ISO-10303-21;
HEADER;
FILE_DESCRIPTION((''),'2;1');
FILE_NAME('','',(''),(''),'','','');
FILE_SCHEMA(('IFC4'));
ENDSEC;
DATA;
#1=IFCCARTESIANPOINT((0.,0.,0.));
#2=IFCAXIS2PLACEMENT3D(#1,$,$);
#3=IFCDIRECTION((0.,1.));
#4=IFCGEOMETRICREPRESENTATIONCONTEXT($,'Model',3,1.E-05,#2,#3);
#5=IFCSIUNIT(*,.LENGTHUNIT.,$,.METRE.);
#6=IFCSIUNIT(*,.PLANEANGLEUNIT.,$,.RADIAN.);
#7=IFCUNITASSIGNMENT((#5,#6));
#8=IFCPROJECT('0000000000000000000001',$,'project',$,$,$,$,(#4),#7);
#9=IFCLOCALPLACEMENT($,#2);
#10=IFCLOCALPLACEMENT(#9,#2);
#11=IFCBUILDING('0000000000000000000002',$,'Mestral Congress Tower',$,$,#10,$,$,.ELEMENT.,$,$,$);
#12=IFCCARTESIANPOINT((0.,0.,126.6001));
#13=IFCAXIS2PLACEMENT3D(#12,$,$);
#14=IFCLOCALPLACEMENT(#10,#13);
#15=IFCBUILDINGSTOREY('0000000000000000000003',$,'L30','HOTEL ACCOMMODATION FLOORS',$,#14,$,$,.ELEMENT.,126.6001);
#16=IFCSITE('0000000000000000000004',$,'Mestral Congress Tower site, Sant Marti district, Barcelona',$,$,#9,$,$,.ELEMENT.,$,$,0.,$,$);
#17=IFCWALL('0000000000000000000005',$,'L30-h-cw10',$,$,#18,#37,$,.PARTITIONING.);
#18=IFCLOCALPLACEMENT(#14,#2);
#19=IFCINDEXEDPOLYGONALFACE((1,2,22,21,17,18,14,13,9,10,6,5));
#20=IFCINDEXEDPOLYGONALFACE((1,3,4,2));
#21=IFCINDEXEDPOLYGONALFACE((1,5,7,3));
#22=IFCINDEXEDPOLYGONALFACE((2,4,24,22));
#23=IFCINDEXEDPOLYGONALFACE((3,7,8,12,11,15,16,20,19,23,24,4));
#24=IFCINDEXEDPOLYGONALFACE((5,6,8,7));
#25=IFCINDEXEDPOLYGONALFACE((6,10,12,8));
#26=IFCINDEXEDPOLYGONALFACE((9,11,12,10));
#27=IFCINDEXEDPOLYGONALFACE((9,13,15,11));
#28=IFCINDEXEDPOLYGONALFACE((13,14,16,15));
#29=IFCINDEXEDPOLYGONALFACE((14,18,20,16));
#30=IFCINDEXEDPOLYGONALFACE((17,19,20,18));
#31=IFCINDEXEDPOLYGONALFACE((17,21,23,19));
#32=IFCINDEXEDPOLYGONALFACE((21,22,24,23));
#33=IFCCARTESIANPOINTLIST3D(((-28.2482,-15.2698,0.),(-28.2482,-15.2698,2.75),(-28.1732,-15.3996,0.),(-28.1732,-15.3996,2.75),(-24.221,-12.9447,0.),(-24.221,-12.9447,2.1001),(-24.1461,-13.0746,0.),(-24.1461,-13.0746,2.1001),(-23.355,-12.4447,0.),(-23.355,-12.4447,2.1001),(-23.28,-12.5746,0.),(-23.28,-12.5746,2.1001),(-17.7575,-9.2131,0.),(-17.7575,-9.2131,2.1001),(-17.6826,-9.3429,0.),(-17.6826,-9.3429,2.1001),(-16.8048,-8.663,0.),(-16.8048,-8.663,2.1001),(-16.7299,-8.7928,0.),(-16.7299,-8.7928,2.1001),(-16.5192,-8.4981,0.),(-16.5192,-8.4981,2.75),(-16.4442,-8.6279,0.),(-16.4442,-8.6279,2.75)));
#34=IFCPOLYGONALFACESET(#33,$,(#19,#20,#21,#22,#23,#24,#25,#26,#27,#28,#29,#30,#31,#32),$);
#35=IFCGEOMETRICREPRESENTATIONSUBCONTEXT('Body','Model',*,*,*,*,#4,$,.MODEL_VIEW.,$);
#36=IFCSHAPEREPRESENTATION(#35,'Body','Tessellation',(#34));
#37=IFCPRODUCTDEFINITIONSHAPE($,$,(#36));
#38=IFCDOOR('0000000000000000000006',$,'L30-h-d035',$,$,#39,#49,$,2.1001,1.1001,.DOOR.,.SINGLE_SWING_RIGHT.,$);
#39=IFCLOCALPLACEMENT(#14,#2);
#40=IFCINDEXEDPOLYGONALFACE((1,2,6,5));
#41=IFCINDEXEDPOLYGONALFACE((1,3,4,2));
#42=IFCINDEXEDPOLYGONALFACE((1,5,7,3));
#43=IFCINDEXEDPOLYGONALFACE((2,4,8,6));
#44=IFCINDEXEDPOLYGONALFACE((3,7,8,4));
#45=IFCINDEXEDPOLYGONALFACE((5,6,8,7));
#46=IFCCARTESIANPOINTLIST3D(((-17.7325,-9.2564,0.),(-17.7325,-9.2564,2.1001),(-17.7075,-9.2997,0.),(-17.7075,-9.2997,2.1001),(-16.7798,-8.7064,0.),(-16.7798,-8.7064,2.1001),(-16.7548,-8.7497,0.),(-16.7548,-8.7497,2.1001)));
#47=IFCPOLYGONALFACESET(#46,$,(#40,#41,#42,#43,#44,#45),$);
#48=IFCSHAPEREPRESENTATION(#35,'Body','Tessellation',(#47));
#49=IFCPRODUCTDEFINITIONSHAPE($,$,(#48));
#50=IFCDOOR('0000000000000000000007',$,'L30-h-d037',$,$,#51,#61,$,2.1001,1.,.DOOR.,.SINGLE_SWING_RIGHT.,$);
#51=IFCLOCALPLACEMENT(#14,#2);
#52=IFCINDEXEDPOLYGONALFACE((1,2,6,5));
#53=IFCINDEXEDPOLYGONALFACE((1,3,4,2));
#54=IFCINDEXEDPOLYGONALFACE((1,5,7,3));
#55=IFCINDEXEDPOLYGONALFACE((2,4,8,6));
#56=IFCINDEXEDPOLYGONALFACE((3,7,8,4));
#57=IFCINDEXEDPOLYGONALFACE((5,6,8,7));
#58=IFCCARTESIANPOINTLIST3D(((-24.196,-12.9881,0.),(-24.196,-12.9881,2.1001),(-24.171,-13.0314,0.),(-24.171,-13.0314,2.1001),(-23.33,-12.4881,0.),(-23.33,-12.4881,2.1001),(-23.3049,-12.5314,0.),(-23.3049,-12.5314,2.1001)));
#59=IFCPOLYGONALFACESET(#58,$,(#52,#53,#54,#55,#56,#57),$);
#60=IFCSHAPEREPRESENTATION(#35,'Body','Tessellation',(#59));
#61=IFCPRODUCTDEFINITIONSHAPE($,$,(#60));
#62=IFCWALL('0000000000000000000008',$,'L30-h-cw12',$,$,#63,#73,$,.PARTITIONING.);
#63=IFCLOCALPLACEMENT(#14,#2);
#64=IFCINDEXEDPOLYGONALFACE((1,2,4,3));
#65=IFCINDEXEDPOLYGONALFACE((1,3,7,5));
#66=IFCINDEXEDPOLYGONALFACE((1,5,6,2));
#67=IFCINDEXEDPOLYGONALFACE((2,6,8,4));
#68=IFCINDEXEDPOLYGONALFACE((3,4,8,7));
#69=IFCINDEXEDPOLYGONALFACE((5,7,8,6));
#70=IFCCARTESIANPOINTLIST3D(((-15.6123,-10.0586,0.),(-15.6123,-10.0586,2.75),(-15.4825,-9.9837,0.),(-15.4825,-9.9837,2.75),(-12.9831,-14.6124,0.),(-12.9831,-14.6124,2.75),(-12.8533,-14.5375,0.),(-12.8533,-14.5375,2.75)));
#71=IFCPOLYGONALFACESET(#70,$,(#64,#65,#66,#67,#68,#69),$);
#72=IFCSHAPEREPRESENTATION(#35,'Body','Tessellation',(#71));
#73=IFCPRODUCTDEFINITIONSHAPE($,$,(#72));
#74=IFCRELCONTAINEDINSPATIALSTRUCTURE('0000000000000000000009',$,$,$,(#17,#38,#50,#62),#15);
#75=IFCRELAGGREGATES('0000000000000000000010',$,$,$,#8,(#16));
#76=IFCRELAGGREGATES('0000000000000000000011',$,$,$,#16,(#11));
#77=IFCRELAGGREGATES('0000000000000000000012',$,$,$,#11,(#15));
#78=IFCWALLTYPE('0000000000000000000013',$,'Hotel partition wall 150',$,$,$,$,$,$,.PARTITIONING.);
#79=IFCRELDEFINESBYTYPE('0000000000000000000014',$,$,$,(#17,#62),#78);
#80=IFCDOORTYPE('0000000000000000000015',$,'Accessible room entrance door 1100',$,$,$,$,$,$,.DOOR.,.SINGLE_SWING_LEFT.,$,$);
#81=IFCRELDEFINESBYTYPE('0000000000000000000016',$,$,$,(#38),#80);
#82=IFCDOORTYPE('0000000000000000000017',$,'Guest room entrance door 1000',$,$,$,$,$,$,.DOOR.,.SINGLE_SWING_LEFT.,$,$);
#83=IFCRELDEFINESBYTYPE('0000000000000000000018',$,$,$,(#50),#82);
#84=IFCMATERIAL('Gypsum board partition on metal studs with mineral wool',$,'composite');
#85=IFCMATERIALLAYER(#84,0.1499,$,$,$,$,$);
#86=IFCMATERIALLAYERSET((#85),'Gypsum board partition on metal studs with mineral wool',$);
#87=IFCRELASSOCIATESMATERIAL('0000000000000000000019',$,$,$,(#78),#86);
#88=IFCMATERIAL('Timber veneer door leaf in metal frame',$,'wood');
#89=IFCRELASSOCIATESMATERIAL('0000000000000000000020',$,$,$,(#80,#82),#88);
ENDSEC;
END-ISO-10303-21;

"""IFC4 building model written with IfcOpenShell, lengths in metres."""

from ifc_helpers import new_model, si_unit, direction, frame, frame_2d, origin, place, context, subcontext, project, spatial, rectangle, extrude, material, layer, layer_set, type_object, element, fill, save


model = new_model("IFC4")

# Units and contexts
model_context = context("Model", 3, precision=1e-05, world=origin(), true_north=direction((0.0, 1.0)))
body_context = subcontext(model_context, "Body", "Model", "MODEL_VIEW")
ifc_project = project(units=[si_unit("LENGTHUNIT", "METRE"), si_unit("PLANEANGLEUNIT", "RADIAN")], contexts=[model_context])

# Site, building, storey
site_placement = place(None, origin())
site = spatial("IfcSite", under=ifc_project, at=site_placement, Name="Mestral Congress Tower site, Sant Marti district, Barcelona", CompositionType="ELEMENT", RefElevation=0.0)
building_placement = place(site_placement, origin())
building = spatial("IfcBuilding", under=site, at=building_placement, Name="Mestral Congress Tower", CompositionType="ELEMENT")
storey_placement = place(building_placement, frame((0.0, 0.0, 126.6001)))
storey = spatial("IfcBuildingStorey", under=building, at=storey_placement, Name="L30", Description="HOTEL ACCOMMODATION FLOORS", CompositionType="ELEMENT", Elevation=126.6001)

# Shared definitions
ifc_material_1 = material(Name="Gypsum board partition on metal studs with mineral wool", Category="composite")

# Wall, openings, doors
ifc_layer_1 = layer(ifc_material_1, 0.1499)
ifc_layer_set_1 = layer_set([ifc_layer_1], Name="Gypsum board partition on metal studs with mineral wool")
wall_type_1 = type_object("IfcWallType", Name="Hotel partition wall 150", PredefinedType="PARTITIONING", material=ifc_layer_set_1)
wall_1_placement = place(storey_placement, frame((-28.2107, -15.3347, 0.0), z_axis=(0.0, 0.0, 1.0), x_axis=(0.866026, 0.499999, 0.0)))
wall_1 = element("IfcWall", 1, at=wall_1_placement, inside=storey, type_object=wall_type_1, Name="L30-h-cw10", PredefinedType="PARTITIONING", context=body_context, shape_type="SweptSolid", body=[
    extrude(rectangle(XDim=13.5435, YDim=0.1499, at=frame_2d((6.7717, 0.0))), origin(), (0.0, 0.0, 1.0), 2.75),
])
opening_1_placement = place(wall_1_placement, frame((12.1135, 0.0, 0.0)))
opening_1 = element("IfcOpeningElement", 2, at=opening_1_placement, cuts=wall_1, PredefinedType="OPENING", context=body_context, shape_type="SweptSolid", body=[
    extrude(rectangle(XDim=1.1001, YDim=2.1001, at=frame_2d((0.55, 1.05))), frame((0.0, 0.085, 0.0), z_axis=(0.0, -1.0, 0.0), x_axis=(1.0, 0.0, 0.0)), (0.0, 0.0, 1.0), 0.1699),
])
opening_2_placement = place(wall_1_placement, frame((4.6501, 0.0, 0.0)))
opening_2 = element("IfcOpeningElement", 3, at=opening_2_placement, cuts=wall_1, PredefinedType="OPENING", context=body_context, shape_type="SweptSolid", body=[
    extrude(rectangle(XDim=1.0, YDim=2.1001, at=frame_2d((0.5, 1.05))), frame((0.0, 0.085, 0.0), z_axis=(0.0, -1.0, 0.0), x_axis=(1.0, 0.0, 0.0)), (0.0, 0.0, 1.0), 0.1699),
])
ifc_material_2 = material(Name="Timber veneer door leaf in metal frame", Category="wood")
door_type_1 = type_object("IfcDoorType", Name="Accessible room entrance door 1100", OperationType="SINGLE_SWING_LEFT", PredefinedType="DOOR", material=ifc_material_2)
door_1_placement = place(opening_1_placement, origin())
door_1 = element("IfcDoor", 4, at=door_1_placement, inside=storey, type_object=door_type_1, Name="L30-h-d035", OperationType="SINGLE_SWING_RIGHT", OverallHeight=2.1001, OverallWidth=1.1001, PredefinedType="DOOR", context=body_context, shape_type="SweptSolid", body=[
    extrude(rectangle(XDim=1.1001, YDim=2.1001, at=frame_2d((0.55, 1.05))), frame((0.0, 0.0249, 0.0), z_axis=(0.0, -1.0, 0.0), x_axis=(1.0, 0.0, 0.0)), (0.0, 0.0, 1.0), 0.05),
])
fill(opening_1, door_1)
door_type_2 = type_object("IfcDoorType", Name="Guest room entrance door 1000", OperationType="SINGLE_SWING_LEFT", PredefinedType="DOOR", material=ifc_material_2)
door_2_placement = place(opening_2_placement, origin())
door_2 = element("IfcDoor", 5, at=door_2_placement, inside=storey, type_object=door_type_2, Name="L30-h-d037", OperationType="SINGLE_SWING_RIGHT", OverallHeight=2.1001, OverallWidth=1.0, PredefinedType="DOOR", context=body_context, shape_type="SweptSolid", body=[
    extrude(rectangle(XDim=1.0, YDim=2.1001, at=frame_2d((0.5, 1.05))), frame((0.0, 0.0249, 0.0), z_axis=(0.0, -1.0, 0.0), x_axis=(1.0, 0.0, 0.0)), (0.0, 0.0, 1.0), 0.05),
])
fill(opening_2, door_2)

# Wall
wall_2_placement = place(storey_placement, frame((-12.9182, -14.575, 0.0), z_axis=(0.0, 0.0, 1.0), x_axis=(-0.500009, 0.86602, 0.0)))
element("IfcWall", 6, at=wall_2_placement, inside=storey, type_object=wall_type_1, Name="L30-h-cw12", PredefinedType="PARTITIONING", context=body_context, shape_type="SweptSolid", body=[
    extrude(rectangle(XDim=5.2583, YDim=0.1499, at=frame_2d((2.6292, 0.0))), origin(), (0.0, 0.0, 1.0), 2.75),
])

save(model, "model.ifc")
